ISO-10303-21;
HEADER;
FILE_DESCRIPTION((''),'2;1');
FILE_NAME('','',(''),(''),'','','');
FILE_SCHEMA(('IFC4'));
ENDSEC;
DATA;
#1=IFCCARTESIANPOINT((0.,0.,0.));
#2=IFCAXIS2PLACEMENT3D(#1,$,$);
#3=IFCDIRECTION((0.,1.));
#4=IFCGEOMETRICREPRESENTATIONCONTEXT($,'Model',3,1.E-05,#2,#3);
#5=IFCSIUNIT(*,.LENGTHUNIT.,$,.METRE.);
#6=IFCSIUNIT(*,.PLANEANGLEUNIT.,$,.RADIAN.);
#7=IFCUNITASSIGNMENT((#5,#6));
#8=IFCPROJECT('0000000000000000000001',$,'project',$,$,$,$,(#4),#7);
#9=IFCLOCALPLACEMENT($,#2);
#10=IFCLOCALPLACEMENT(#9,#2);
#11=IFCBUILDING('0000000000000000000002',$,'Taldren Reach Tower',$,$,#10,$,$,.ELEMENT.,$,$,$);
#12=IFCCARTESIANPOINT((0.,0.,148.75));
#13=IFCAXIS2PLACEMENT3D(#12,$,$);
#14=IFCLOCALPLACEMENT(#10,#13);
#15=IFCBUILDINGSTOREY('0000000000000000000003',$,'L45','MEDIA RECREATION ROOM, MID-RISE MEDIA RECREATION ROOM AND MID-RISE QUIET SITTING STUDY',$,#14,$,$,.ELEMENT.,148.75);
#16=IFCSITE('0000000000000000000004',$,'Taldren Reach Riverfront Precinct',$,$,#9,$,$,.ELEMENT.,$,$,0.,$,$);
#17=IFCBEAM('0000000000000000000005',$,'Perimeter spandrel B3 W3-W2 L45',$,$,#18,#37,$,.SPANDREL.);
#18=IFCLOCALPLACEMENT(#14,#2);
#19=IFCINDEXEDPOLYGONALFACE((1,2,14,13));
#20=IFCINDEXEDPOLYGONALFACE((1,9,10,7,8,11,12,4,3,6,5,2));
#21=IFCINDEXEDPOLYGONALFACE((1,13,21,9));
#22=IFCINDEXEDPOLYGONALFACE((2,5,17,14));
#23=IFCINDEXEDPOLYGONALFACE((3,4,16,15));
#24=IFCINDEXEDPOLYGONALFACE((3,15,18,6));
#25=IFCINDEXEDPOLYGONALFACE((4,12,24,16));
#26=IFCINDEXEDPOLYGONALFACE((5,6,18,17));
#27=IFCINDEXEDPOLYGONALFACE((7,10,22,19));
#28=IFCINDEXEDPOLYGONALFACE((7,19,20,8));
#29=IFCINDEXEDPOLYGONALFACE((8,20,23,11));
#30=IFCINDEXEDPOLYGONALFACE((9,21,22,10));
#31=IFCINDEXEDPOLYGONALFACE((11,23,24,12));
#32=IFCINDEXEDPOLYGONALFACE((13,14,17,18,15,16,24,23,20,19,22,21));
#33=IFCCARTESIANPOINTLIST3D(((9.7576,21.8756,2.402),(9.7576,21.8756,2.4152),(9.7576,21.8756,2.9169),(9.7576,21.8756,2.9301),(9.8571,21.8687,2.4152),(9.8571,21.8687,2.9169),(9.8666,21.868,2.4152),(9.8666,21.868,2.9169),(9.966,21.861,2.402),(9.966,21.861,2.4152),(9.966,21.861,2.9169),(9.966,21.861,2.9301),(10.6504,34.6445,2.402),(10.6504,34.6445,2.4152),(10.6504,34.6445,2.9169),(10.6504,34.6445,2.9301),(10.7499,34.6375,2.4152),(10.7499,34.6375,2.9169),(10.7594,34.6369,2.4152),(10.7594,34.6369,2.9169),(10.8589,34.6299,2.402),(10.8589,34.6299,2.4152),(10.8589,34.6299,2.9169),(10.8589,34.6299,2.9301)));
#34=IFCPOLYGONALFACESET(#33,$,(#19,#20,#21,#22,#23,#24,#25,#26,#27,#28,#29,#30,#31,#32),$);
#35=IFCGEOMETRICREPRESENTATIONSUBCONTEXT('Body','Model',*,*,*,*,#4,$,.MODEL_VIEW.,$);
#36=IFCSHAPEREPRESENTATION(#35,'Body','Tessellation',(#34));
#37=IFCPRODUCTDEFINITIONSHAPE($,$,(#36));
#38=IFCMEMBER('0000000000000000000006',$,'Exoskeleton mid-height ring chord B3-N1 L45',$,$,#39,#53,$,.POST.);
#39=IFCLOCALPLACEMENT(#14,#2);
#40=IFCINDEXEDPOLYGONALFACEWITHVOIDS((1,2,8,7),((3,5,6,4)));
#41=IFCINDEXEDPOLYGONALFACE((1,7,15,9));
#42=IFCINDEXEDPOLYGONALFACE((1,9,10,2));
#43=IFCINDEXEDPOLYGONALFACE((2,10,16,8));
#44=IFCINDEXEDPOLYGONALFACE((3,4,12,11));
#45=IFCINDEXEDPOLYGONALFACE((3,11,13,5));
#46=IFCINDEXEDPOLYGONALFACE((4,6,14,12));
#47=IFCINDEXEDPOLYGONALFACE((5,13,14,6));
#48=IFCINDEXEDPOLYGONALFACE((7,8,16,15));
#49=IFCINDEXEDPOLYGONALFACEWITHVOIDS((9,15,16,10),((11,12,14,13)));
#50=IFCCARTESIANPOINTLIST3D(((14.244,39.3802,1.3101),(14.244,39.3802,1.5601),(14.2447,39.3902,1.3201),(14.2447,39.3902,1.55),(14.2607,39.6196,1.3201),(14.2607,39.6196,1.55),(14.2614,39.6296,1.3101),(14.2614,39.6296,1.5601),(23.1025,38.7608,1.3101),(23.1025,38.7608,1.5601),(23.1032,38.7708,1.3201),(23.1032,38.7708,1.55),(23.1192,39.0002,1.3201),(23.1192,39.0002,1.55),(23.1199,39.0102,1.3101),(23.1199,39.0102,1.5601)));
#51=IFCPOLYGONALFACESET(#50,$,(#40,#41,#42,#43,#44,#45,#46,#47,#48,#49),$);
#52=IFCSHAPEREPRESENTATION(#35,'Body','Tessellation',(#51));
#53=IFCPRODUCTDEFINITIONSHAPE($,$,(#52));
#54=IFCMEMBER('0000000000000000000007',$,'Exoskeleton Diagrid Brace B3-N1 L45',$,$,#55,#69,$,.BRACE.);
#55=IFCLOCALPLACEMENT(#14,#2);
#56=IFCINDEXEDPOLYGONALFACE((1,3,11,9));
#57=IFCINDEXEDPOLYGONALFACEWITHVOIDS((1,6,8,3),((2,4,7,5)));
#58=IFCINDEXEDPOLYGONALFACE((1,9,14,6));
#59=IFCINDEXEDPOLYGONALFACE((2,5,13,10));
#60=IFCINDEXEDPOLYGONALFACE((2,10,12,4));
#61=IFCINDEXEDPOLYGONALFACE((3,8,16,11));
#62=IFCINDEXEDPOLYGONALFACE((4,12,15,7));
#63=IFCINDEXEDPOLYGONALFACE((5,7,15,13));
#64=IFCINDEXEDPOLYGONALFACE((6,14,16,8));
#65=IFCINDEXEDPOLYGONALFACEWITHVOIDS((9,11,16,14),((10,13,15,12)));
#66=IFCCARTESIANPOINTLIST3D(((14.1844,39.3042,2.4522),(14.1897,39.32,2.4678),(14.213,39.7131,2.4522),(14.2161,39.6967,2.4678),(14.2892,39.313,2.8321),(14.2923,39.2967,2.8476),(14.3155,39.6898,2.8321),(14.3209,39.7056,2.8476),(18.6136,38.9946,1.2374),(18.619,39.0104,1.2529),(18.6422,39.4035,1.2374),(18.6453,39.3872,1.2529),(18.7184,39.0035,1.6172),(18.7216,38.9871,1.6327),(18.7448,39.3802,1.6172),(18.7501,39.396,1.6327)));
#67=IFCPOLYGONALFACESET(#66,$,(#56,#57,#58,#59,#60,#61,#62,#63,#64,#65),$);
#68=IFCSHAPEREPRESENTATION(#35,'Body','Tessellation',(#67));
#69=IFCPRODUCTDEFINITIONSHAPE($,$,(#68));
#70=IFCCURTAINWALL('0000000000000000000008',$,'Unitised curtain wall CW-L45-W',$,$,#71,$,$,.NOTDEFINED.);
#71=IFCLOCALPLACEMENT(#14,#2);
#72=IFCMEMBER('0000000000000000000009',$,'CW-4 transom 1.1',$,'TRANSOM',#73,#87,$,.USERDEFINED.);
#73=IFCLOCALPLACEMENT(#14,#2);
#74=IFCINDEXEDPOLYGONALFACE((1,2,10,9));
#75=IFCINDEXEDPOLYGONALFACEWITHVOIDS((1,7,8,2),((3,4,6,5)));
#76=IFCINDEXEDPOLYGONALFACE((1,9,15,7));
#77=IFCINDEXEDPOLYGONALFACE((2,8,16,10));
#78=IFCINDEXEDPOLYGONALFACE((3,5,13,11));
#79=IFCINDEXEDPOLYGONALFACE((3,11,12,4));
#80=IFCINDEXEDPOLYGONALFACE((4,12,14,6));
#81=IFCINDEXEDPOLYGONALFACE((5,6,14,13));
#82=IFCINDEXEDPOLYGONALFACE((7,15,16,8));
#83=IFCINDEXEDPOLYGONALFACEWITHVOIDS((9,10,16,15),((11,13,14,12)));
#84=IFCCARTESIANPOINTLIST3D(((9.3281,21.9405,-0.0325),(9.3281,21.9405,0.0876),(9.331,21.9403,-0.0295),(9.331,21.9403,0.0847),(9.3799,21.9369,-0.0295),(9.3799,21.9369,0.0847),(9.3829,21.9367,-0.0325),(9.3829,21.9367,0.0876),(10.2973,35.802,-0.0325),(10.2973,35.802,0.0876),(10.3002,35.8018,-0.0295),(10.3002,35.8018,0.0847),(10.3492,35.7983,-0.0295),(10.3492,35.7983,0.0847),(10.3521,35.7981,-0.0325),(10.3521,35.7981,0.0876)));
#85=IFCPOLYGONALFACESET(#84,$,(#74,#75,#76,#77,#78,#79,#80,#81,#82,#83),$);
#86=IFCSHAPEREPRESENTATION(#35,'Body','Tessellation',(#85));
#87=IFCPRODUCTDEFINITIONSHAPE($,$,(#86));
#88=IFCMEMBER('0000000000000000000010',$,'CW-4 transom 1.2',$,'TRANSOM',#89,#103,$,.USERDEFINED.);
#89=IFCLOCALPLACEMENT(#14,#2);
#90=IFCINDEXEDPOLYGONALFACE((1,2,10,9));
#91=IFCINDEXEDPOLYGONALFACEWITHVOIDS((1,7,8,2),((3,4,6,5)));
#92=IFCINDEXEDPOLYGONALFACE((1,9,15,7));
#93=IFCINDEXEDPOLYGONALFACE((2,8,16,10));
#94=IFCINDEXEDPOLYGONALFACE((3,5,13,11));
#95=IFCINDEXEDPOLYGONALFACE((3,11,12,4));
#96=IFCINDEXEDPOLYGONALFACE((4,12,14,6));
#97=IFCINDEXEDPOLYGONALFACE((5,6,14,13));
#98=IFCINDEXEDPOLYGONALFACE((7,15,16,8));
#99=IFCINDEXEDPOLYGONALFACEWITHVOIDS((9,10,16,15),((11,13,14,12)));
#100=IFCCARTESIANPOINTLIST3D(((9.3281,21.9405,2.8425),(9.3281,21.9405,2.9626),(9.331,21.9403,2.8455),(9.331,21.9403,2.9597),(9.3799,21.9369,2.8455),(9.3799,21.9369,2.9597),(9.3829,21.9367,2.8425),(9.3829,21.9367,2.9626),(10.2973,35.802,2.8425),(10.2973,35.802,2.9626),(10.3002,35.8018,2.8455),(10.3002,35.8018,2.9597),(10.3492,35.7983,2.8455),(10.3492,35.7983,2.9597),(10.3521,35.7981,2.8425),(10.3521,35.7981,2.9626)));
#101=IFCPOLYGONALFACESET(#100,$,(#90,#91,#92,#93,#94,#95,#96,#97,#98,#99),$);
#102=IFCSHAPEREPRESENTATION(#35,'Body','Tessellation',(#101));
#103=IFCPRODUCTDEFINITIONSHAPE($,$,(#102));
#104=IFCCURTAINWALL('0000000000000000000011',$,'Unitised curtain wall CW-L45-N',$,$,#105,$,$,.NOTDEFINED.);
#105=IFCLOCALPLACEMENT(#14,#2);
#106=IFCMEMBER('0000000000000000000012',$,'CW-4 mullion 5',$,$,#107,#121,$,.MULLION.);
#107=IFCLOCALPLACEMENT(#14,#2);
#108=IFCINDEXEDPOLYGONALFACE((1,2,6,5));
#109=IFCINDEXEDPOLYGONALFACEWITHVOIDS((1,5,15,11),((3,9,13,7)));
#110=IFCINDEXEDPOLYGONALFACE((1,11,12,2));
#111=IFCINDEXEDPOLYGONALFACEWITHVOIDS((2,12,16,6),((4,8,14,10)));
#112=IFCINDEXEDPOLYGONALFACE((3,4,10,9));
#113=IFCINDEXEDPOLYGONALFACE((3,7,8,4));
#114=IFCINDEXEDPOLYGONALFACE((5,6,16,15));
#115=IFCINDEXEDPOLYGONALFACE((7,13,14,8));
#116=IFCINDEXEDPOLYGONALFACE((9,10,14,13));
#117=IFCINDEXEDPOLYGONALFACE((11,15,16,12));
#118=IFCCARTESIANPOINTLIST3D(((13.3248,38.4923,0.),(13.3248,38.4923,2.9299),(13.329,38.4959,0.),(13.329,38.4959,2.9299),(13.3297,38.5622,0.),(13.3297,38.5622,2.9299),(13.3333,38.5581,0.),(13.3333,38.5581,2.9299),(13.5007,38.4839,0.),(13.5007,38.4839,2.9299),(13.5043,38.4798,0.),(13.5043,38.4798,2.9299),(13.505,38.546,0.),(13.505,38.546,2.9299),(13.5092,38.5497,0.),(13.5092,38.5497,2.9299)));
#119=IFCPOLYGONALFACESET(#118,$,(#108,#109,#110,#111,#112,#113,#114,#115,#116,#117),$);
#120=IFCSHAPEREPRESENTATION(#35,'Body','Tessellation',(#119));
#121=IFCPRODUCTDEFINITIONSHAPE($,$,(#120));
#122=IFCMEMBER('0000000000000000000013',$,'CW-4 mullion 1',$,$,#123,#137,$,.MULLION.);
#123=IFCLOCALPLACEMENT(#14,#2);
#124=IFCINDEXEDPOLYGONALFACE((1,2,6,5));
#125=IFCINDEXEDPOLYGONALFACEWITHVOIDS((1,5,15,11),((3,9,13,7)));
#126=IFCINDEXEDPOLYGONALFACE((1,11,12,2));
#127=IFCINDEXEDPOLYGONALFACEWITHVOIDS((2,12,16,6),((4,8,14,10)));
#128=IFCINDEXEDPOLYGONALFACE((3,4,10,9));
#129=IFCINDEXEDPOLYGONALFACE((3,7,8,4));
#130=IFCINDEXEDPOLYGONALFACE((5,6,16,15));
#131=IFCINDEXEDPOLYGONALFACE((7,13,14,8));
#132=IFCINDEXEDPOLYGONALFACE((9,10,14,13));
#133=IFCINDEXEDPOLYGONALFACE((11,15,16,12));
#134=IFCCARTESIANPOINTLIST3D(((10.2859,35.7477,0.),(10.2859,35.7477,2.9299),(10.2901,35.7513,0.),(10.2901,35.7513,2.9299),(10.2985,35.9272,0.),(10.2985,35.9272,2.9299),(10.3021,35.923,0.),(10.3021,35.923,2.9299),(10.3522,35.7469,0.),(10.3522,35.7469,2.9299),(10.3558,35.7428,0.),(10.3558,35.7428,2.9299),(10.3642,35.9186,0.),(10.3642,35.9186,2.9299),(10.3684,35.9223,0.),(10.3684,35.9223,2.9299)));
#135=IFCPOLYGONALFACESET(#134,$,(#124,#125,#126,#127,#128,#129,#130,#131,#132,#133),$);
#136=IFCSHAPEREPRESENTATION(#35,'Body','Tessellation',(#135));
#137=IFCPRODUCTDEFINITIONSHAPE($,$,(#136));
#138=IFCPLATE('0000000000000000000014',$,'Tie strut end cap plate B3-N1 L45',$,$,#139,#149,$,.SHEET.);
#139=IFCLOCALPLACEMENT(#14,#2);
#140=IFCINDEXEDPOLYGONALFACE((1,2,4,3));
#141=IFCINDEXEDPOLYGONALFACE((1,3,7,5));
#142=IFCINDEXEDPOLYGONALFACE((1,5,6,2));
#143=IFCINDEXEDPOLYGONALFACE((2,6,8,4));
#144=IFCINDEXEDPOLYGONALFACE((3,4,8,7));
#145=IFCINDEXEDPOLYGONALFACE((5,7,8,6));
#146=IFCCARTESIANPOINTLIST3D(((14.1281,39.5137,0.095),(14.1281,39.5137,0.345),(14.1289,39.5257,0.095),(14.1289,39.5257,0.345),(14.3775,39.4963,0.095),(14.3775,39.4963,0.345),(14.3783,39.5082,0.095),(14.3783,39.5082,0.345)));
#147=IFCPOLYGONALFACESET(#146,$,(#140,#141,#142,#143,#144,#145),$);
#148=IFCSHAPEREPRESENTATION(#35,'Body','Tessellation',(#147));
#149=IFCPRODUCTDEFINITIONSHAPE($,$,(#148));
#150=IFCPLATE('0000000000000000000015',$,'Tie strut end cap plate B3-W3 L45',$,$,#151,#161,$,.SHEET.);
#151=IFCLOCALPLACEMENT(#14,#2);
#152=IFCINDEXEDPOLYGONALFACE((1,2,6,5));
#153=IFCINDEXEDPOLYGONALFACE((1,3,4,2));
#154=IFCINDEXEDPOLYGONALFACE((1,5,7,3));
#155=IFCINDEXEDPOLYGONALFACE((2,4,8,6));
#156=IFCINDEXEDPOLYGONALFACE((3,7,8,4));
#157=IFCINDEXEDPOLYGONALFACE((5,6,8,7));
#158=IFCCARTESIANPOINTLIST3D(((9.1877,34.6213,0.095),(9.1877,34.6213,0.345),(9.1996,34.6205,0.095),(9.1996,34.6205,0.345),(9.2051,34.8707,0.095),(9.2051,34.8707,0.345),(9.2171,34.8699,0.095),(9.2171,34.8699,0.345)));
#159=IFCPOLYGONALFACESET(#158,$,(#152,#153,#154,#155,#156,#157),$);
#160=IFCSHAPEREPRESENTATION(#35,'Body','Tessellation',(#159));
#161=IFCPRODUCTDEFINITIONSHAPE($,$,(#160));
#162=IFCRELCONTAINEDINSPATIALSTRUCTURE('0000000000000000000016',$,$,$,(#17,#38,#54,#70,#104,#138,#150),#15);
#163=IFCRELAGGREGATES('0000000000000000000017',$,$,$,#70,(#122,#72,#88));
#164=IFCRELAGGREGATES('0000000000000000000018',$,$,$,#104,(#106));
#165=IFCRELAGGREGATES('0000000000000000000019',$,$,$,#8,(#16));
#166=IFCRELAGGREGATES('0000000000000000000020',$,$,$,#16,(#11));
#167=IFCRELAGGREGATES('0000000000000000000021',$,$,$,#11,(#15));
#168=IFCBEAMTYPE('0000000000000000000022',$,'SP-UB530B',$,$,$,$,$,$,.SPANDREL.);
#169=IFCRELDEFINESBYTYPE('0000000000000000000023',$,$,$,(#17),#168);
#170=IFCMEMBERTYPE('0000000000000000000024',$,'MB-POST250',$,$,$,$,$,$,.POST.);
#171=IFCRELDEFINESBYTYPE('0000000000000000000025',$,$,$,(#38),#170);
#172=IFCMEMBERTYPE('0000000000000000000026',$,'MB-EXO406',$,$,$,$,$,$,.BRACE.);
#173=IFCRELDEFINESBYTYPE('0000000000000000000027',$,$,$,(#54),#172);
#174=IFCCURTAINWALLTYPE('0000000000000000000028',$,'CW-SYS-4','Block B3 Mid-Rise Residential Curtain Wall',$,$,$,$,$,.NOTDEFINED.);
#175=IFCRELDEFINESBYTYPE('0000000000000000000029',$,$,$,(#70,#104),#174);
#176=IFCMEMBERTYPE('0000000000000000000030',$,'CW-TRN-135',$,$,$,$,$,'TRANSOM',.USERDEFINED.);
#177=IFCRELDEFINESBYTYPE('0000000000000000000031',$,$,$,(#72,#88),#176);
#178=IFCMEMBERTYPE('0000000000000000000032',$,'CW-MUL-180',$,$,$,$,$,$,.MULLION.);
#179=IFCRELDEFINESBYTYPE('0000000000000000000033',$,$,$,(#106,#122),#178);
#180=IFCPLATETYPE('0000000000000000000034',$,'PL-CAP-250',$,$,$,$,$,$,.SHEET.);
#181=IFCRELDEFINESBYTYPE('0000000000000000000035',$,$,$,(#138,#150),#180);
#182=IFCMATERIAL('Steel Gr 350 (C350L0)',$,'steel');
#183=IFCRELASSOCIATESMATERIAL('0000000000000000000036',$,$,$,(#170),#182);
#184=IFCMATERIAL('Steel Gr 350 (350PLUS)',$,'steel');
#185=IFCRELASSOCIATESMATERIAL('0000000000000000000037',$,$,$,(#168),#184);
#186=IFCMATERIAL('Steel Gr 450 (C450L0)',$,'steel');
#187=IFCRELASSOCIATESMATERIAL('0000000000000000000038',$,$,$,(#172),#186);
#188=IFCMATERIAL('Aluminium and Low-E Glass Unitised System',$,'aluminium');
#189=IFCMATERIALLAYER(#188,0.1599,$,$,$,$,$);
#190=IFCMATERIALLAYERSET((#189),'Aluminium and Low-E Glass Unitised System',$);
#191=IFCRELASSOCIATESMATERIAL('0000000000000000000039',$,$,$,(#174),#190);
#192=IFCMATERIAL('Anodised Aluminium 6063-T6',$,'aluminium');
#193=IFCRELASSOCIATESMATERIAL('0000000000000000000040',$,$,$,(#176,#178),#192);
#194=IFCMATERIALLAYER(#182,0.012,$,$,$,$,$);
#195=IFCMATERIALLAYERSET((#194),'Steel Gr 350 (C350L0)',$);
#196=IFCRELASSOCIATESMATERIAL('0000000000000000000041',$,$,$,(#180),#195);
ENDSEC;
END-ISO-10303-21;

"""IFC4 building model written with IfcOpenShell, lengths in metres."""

from ifc_helpers import new_model, si_unit, direction, frame, origin, origin_2d, place, context, subcontext, project, spatial, rectangle, hollow_rectangle, i_section, extrude, source, transform, mapped, material, layer, layer_set, material_profile, profile_set, type_object, element, aggregate, save


model = new_model("IFC4")

# Units and contexts
model_context = context("Model", 3, precision=1e-05, world=origin(), true_north=direction((0.0, 1.0)))
body_context = subcontext(model_context, "Body", "Model", "MODEL_VIEW")
ifc_project = project(units=[si_unit("LENGTHUNIT", "METRE"), si_unit("PLANEANGLEUNIT", "RADIAN")], contexts=[model_context])

# Site, building, storey
site_placement = place(None, origin())
site = spatial("IfcSite", under=ifc_project, at=site_placement, Name="Taldren Reach Riverfront Precinct", CompositionType="ELEMENT", RefElevation=0.0)
building_placement = place(site_placement, origin())
building = spatial("IfcBuilding", under=site, at=building_placement, Name="Taldren Reach Tower", CompositionType="ELEMENT")
storey_placement = place(building_placement, frame((0.0, 0.0, 148.75)))
storey = spatial("IfcBuildingStorey", under=building, at=storey_placement, Name="L45", Description="MEDIA RECREATION ROOM, MID-RISE MEDIA RECREATION ROOM AND MID-RISE QUIET SITTING STUDY", CompositionType="ELEMENT", Elevation=148.75)

# Shared definitions
ifc_material_1 = material(Name="Steel Gr 450 (C450L0)", Category="steel")
ifc_material_2 = material(Name="Steel Gr 350 (350PLUS)", Category="steel")

# Shared definitions
ifc_material_3 = material(Name="Steel Gr 350 (C350L0)", Category="steel")
ifc_material_profile_1 = material_profile(ifc_material_3, hollow_rectangle(XDim=0.25, YDim=0.25, WallThickness=0.01, at=origin_2d()), Name="250x250x10.0SHS")
ifc_profile_set_1 = profile_set([ifc_material_profile_1], Name="Steel Gr 350 (C350L0)")
member_type_1 = type_object("IfcMemberType", Name="MB-POST250", PredefinedType="POST", material=ifc_profile_set_1)

# Beam
ifc_material_profile_2 = material_profile(ifc_material_2, i_section(OverallWidth=0.209, OverallDepth=0.5281, WebThickness=0.0095, FlangeThickness=0.0132, at=origin_2d()), Name="530UB82.0")
ifc_profile_set_2 = profile_set([ifc_material_profile_2], Name="Steel Gr 350 (350PLUS)")
beam_type_1 = type_object("IfcBeamType", Name="SP-UB530B", PredefinedType="SPANDREL", material=ifc_profile_set_2)
shared_shape_1 = source(origin(), body_context, "Body", "SweptSolid", [
    extrude(i_section(OverallWidth=0.209, OverallDepth=0.5281, WebThickness=0.0095, FlangeThickness=0.0132, at=origin_2d()), origin(), (0.0, 0.0, 1.0), 12.8),
])
beam_1_placement = place(storey_placement, frame((10.7546, 34.6372, 2.666), z_axis=(-0.069752, -0.997564, 0.0), x_axis=(0.997564, -0.069752, 0.0)))
element("IfcBeam", 1, at=beam_1_placement, inside=storey, type_object=beam_type_1, Name="Perimeter spandrel B3 W3-W2 L45", PredefinedType="SPANDREL", context=body_context, shape_type="MappedRepresentation", body=[
    mapped(shared_shape_1, transform((0.0, 0.0, 0.0), scale=1.0)),
])

# Members
shared_shape_2 = source(origin(), body_context, "Body", "SweptSolid", [
    extrude(hollow_rectangle(XDim=0.25, YDim=0.25, WallThickness=0.01, at=origin_2d()), origin(), (0.0, 0.0, 1.0), 8.8801),
])
member_1_placement = place(storey_placement, frame((14.2527, 39.5049, 1.4351), z_axis=(0.997564, -0.06975, 0.0), x_axis=(0.06975, 0.997564, 0.0)))
element("IfcMember", 2, at=member_1_placement, inside=storey, type_object=member_type_1, Name="Exoskeleton mid-height ring chord B3-N1 L45", PredefinedType="POST", context=body_context, shape_type="MappedRepresentation", body=[
    mapped(shared_shape_2, transform((0.0, 0.0, 0.0), scale=1.0)),
])
ifc_material_profile_3 = material_profile(ifc_material_1, hollow_rectangle(XDim=0.4099, YDim=0.4099, WallThickness=0.0161, at=origin_2d()), Name="410x410x16.0SHS")
ifc_profile_set_3 = profile_set([ifc_material_profile_3], Name="Steel Gr 450 (C450L0)")
member_type_2 = type_object("IfcMemberType", Name="MB-EXO406", PredefinedType="BRACE", material=ifc_profile_set_3)
shared_shape_3 = source(origin(), body_context, "Body", "SweptSolid", [
    extrude(hollow_rectangle(XDim=0.4099, YDim=0.4099, WallThickness=0.0161, at=origin_2d()), origin(), (0.0, 0.0, 1.0), 4.6033),
])
member_2_placement = place(storey_placement, frame((18.6819, 39.1953, 1.4351), z_axis=(-0.962199, 0.067251, 0.263913), x_axis=(-0.069723, -0.997566, 0.0)))
element("IfcMember", 3, at=member_2_placement, inside=storey, type_object=member_type_2, Name="Exoskeleton Diagrid Brace B3-N1 L45", PredefinedType="BRACE", context=body_context, shape_type="MappedRepresentation", body=[
    mapped(shared_shape_3, transform((0.0, 0.0, 0.0), scale=1.0)),
])

# Curtain wall, members
ifc_material_4 = material(Name="Aluminium and Low-E Glass Unitised System", Category="aluminium")
ifc_layer_1 = layer(ifc_material_4, 0.1599)
ifc_layer_set_1 = layer_set([ifc_layer_1], Name="Aluminium and Low-E Glass Unitised System")
curtain_wall_type = type_object("IfcCurtainWallType", Name="CW-SYS-4", Description="Block B3 Mid-Rise Residential Curtain Wall", PredefinedType="NOTDEFINED", material=ifc_layer_set_1)
curtain_wall_1_placement = place(storey_placement, origin())
curtain_wall_1 = element("IfcCurtainWall", 4, at=curtain_wall_1_placement, inside=storey, type_object=curtain_wall_type, Name="Unitised curtain wall CW-L45-W", PredefinedType="NOTDEFINED")
ifc_material_5 = material(Name="Anodised Aluminium 6063-T6", Category="aluminium")
ifc_material_profile_4 = material_profile(ifc_material_5, hollow_rectangle(XDim=0.0549, YDim=0.1201, WallThickness=0.0029, at=origin_2d()), Name="ALU-120x55x3RHS")
ifc_profile_set_4 = profile_set([ifc_material_profile_4], Name="Anodised Aluminium 6063-T6")
member_type_3 = type_object("IfcMemberType", Name="CW-TRN-135", ElementType="TRANSOM", PredefinedType="USERDEFINED", material=ifc_profile_set_4)
shared_shape_4 = source(origin(), body_context, "Body", "SweptSolid", [
    extrude(hollow_rectangle(XDim=0.0549, YDim=0.1201, WallThickness=0.0029, at=origin_2d()), origin(), (0.0, 0.0, 1.0), 13.8953),
])
member_3_placement = place(storey_placement, frame((10.3247, 35.8, 0.0276), z_axis=(-0.069754, -0.997564, 0.0), x_axis=(0.997564, -0.069754, 0.0)))
member_3 = element("IfcMember", 5, at=member_3_placement, type_object=member_type_3, Name="CW-4 transom 1.1", ObjectType="TRANSOM", PredefinedType="USERDEFINED", context=body_context, shape_type="MappedRepresentation", body=[
    mapped(shared_shape_4, transform((0.0, 0.0, 0.0), scale=1.0)),
])
member_4_placement = place(storey_placement, frame((10.3247, 35.8, 2.9026), z_axis=(-0.069754, -0.997564, 0.0), x_axis=(0.997564, -0.069754, 0.0)))
member_4 = element("IfcMember", 6, at=member_4_placement, type_object=member_type_3, Name="CW-4 transom 1.2", ObjectType="TRANSOM", PredefinedType="USERDEFINED", context=body_context, shape_type="MappedRepresentation", body=[
    mapped(shared_shape_4, transform((0.0, 0.0, 0.0), scale=1.0)),
])

# Curtain wall, member
curtain_wall_2_placement = place(storey_placement, origin())
curtain_wall_2 = element("IfcCurtainWall", 7, at=curtain_wall_2_placement, inside=storey, type_object=curtain_wall_type, Name="Unitised curtain wall CW-L45-N", PredefinedType="NOTDEFINED")
ifc_material_profile_5 = material_profile(ifc_material_5, hollow_rectangle(XDim=0.0701, YDim=0.1799, WallThickness=0.0039, at=origin_2d()), Name="ALU-180x70x4RHS")
ifc_profile_set_5 = profile_set([ifc_material_profile_5], Name="Anodised Aluminium 6063-T6")
member_type_4 = type_object("IfcMemberType", Name="CW-MUL-180", PredefinedType="MULLION", material=ifc_profile_set_5)
shared_shape_5 = source(origin(), body_context, "Body", "SweptSolid", [
    extrude(hollow_rectangle(XDim=0.0701, YDim=0.1799, WallThickness=0.0039, at=origin_2d()), origin(), (0.0, 0.0, 1.0), 2.9299),
])
member_5_placement = place(storey_placement, frame((13.417, 38.521, 0.0), z_axis=(0.0, 0.0, 1.0), x_axis=(-0.069757, -0.997564, 0.0)))
member_5 = element("IfcMember", 8, at=member_5_placement, type_object=member_type_4, Name="CW-4 mullion 5", PredefinedType="MULLION", context=body_context, shape_type="MappedRepresentation", body=[
    mapped(shared_shape_5, transform((0.0, 0.0, 0.0), scale=1.0)),
])

# Member
member_6_placement = place(storey_placement, frame((10.3271, 35.835, 0.0), z_axis=(0.0, 0.0, 1.0), x_axis=(0.997564, -0.069756, 0.0)))
member_6 = element("IfcMember", 9, at=member_6_placement, type_object=member_type_4, Name="CW-4 mullion 1", PredefinedType="MULLION", context=body_context, shape_type="MappedRepresentation", body=[
    mapped(shared_shape_5, transform((0.0, 0.0, 0.0), scale=1.0)),
])
aggregate(curtain_wall_1, [member_6, member_3, member_4])

# Plates
ifc_layer_2 = layer(ifc_material_3, 0.012)
ifc_layer_set_2 = layer_set([ifc_layer_2], Name="Steel Gr 350 (C350L0)")
plate_type_1 = type_object("IfcPlateType", Name="PL-CAP-250", PredefinedType="SHEET", material=ifc_layer_set_2)
shared_shape_6 = source(origin(), body_context, "Body", "SweptSolid", [
    extrude(rectangle(XDim=0.25, YDim=0.012, at=origin_2d()), origin(), (0.0, 0.0, 1.0), 0.25),
])
plate_1_placement = place(storey_placement, frame((14.2532, 39.511, 0.095), z_axis=(0.0, 0.0, 1.0), x_axis=(0.997564, -0.069756, 0.0)))
element("IfcPlate", 10, at=plate_1_placement, inside=storey, type_object=plate_type_1, Name="Tie strut end cap plate B3-N1 L45", PredefinedType="SHEET", context=body_context, shape_type="MappedRepresentation", body=[
    mapped(shared_shape_6, transform((0.0, 0.0, 0.0), scale=1.0)),
])
shared_shape_7 = source(origin(), body_context, "Body", "SweptSolid", [
    extrude(rectangle(XDim=0.012, YDim=0.25, at=origin_2d()), origin(), (0.0, 0.0, 1.0), 0.25),
])
plate_2_placement = place(storey_placement, frame((9.2024, 34.7456, 0.095), z_axis=(0.0, 0.0, 1.0), x_axis=(0.997564, -0.069756, 0.0)))
element("IfcPlate", 11, at=plate_2_placement, inside=storey, type_object=plate_type_1, Name="Tie strut end cap plate B3-W3 L45", PredefinedType="SHEET", context=body_context, shape_type="MappedRepresentation", body=[
    mapped(shared_shape_7, transform((0.0, 0.0, 0.0), scale=1.0)),
])

aggregate(curtain_wall_2, [member_5])

save(model, "model.ifc")
